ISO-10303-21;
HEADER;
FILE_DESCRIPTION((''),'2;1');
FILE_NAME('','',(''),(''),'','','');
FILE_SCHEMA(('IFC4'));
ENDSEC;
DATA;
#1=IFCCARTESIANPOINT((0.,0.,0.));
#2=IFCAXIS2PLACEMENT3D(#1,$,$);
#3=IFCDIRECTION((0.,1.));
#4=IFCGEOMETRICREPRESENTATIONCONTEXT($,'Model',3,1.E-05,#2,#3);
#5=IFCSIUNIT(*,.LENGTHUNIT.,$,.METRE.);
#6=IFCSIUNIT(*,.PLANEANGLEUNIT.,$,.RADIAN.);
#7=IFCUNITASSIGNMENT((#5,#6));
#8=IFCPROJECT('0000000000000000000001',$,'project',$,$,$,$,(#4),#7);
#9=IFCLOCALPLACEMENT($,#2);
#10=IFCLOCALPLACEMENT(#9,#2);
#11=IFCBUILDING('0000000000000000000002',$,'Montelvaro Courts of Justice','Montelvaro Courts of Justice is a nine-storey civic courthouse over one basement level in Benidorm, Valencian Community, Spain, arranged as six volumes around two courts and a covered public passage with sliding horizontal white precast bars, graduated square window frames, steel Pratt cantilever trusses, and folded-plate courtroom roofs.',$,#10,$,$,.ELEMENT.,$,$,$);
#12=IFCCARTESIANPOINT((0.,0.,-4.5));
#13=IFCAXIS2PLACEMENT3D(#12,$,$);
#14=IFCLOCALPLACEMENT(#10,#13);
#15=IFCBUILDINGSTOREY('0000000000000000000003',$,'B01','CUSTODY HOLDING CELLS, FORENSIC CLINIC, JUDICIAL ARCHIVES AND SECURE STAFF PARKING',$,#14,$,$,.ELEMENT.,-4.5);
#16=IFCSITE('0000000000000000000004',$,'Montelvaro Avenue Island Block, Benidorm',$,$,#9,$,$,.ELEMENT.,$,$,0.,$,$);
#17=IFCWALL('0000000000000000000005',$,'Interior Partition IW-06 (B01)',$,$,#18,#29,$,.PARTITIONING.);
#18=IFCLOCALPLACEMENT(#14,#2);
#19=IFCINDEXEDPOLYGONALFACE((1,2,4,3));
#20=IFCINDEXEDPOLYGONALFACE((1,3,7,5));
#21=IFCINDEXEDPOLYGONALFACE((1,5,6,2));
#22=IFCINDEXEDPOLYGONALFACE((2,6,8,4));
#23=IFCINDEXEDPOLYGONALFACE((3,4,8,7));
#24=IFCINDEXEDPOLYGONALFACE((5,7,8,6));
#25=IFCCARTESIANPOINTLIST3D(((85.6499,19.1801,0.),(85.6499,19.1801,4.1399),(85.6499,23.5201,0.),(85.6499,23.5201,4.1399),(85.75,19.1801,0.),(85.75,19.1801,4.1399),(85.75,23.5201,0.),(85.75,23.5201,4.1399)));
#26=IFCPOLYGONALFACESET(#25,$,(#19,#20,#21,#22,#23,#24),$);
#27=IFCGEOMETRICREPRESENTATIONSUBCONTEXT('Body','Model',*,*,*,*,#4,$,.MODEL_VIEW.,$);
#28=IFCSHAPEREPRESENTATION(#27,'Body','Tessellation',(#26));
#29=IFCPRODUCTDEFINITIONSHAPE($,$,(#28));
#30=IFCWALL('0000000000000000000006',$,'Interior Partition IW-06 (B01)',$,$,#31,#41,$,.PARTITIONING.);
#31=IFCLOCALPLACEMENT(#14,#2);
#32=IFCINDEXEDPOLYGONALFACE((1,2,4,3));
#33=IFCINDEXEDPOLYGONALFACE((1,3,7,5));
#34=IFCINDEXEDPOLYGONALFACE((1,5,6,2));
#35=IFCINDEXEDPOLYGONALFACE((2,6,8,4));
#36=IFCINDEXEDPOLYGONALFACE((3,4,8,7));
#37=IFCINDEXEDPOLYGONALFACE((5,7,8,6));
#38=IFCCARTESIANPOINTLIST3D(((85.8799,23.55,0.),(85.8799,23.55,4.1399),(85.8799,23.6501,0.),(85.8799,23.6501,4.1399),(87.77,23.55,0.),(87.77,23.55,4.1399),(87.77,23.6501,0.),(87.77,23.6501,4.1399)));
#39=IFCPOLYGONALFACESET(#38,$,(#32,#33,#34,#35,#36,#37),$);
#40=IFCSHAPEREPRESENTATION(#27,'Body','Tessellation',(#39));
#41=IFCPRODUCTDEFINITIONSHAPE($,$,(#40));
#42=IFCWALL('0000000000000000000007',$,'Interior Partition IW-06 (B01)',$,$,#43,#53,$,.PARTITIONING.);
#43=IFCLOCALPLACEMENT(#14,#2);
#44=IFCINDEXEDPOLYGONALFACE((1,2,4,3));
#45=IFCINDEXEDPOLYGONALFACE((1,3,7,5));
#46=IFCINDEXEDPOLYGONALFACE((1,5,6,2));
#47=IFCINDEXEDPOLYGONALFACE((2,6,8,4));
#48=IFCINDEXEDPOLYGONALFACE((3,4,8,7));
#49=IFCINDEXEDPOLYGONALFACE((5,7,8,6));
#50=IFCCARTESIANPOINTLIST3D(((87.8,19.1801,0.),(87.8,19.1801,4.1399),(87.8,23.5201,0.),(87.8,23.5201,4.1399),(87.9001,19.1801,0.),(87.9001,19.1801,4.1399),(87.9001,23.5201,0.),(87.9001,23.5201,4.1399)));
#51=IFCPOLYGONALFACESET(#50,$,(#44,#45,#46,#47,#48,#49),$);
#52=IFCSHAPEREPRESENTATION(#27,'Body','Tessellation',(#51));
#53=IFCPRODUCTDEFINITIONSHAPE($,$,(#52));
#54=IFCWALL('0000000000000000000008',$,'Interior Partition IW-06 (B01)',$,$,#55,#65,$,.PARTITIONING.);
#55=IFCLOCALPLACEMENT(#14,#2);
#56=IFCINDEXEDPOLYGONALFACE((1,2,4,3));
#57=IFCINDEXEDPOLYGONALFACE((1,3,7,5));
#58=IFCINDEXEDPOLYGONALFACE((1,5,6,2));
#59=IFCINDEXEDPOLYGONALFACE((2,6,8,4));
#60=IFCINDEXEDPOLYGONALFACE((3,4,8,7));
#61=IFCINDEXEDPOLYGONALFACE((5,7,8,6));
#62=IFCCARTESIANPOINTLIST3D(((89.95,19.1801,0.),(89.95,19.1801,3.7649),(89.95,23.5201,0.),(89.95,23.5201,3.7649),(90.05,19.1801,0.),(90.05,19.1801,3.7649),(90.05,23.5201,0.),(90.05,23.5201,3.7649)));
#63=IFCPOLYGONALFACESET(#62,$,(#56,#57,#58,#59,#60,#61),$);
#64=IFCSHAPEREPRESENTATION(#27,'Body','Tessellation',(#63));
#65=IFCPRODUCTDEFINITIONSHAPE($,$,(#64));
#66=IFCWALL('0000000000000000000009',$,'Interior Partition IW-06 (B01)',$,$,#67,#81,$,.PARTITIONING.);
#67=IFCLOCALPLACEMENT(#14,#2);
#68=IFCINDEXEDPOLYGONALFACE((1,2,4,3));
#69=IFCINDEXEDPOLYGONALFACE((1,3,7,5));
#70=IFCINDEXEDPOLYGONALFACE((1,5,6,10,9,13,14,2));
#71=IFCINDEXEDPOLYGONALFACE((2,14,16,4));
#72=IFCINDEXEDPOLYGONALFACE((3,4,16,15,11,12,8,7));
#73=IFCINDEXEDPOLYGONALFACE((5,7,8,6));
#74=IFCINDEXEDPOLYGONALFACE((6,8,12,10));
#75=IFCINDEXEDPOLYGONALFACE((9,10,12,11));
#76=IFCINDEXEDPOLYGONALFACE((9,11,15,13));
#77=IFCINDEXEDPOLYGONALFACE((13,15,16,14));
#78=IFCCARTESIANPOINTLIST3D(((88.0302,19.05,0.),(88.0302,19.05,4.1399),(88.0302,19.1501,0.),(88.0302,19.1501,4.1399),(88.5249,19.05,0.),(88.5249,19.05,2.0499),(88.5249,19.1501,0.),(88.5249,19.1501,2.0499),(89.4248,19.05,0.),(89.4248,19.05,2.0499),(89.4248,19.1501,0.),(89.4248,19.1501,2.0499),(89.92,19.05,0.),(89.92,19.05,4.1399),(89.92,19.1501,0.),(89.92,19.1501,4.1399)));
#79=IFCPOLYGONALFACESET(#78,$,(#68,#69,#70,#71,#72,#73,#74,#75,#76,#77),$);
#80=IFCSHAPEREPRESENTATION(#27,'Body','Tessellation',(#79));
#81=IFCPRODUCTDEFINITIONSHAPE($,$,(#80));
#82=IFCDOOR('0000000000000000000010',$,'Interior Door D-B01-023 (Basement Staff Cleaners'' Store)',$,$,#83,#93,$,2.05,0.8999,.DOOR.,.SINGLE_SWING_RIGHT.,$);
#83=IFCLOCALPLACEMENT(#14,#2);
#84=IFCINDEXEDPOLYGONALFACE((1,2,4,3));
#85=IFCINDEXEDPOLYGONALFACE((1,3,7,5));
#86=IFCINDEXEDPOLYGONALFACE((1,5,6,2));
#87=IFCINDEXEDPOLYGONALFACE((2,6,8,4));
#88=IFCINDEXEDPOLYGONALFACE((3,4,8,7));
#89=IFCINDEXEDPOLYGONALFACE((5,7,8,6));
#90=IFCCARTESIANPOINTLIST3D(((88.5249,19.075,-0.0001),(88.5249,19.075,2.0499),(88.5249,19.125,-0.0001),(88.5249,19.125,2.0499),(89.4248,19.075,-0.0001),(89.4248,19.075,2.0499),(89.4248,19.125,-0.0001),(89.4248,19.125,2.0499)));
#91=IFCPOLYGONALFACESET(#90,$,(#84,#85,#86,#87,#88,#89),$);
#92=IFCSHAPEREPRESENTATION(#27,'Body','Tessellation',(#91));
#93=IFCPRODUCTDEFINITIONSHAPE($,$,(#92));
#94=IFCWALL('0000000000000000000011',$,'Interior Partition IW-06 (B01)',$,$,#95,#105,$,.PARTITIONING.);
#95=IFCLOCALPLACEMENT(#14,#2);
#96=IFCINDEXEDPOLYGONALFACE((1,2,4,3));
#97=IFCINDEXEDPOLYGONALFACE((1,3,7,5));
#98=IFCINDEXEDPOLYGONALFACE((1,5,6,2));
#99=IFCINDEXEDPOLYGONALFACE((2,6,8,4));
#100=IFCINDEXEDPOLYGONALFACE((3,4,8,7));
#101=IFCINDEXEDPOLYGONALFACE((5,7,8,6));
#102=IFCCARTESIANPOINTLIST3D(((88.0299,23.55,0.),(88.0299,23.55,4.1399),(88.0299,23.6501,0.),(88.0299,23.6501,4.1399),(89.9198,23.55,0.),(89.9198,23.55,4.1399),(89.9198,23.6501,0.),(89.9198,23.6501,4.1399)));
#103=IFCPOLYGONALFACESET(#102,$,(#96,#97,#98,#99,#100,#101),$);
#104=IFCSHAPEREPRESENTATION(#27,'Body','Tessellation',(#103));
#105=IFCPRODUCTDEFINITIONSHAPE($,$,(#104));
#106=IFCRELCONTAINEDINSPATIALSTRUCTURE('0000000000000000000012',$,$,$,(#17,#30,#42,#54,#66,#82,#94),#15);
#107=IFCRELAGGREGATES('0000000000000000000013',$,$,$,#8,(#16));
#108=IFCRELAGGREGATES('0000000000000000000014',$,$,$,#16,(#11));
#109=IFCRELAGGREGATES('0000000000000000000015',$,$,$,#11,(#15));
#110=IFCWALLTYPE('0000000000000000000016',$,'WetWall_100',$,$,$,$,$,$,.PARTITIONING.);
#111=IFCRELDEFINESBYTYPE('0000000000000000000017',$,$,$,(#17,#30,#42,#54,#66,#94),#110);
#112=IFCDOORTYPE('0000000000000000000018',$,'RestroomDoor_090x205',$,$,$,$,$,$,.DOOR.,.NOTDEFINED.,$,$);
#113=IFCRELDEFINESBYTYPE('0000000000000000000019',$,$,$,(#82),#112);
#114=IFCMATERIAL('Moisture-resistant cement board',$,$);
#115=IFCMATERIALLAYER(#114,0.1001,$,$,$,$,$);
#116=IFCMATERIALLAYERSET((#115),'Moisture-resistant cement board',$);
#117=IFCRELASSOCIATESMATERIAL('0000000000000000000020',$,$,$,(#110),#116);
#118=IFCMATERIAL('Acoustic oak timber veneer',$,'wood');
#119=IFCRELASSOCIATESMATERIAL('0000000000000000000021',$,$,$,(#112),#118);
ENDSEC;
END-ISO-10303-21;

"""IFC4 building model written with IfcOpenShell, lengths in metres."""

from ifc_helpers import new_model, si_unit, direction, frame, frame_2d, origin, place, context, subcontext, project, spatial, rectangle, extrude, material, layer, layer_set, type_object, element, fill, save


model = new_model("IFC4")

# Units and contexts
model_context = context("Model", 3, precision=1e-05, world=origin(), true_north=direction((0.0, 1.0)))
body_context = subcontext(model_context, "Body", "Model", "MODEL_VIEW")
ifc_project = project(units=[si_unit("LENGTHUNIT", "METRE"), si_unit("PLANEANGLEUNIT", "RADIAN")], contexts=[model_context])

# Site, building, storey
site_placement = place(None, origin())
site = spatial("IfcSite", under=ifc_project, at=site_placement, Name="Montelvaro Avenue Island Block, Benidorm", CompositionType="ELEMENT", RefElevation=0.0)
building_placement = place(site_placement, origin())
building = spatial("IfcBuilding", under=site, at=building_placement, Name="Montelvaro Courts of Justice", Description="Montelvaro Courts of Justice is a nine-storey civic courthouse over one basement level in Benidorm, Valencian Community, Spain, arranged as six volumes around two courts and a covered public passage with sliding horizontal white precast bars, graduated square window frames, steel Pratt cantilever trusses, and folded-plate courtroom roofs.", CompositionType="ELEMENT")
storey_placement = place(building_placement, frame((0.0, 0.0, -4.5)))
storey = spatial("IfcBuildingStorey", under=building, at=storey_placement, Name="B01", Description="CUSTODY HOLDING CELLS, FORENSIC CLINIC, JUDICIAL ARCHIVES AND SECURE STAFF PARKING", CompositionType="ELEMENT", Elevation=-4.5)

# Walls
ifc_material_1 = material(Name="Moisture-resistant cement board")
ifc_layer_1 = layer(ifc_material_1, 0.1001)
ifc_layer_set_1 = layer_set([ifc_layer_1], Name="Moisture-resistant cement board")
wall_type_1 = type_object("IfcWallType", Name="WetWall_100", PredefinedType="PARTITIONING", material=ifc_layer_set_1)
wall_1_placement = place(storey_placement, frame((85.7, 23.52, 0.0), z_axis=(0.0, 0.0, 1.0), x_axis=(0.0, -1.0, 0.0)))
element("IfcWall", 1, at=wall_1_placement, inside=storey, type_object=wall_type_1, Name="Interior Partition IW-06 (B01)", PredefinedType="PARTITIONING", context=body_context, shape_type="SweptSolid", body=[
    extrude(rectangle(XDim=4.3401, YDim=0.1001, at=frame_2d((2.1699, 0.0))), origin(), (0.0, 0.0, 1.0), 4.1399),
])
wall_2_placement = place(storey_placement, frame((85.8799, 23.6001, 0.0), z_axis=(0.0, 0.0, 1.0), x_axis=(1.0, 0.0, 0.0)))
element("IfcWall", 2, at=wall_2_placement, inside=storey, type_object=wall_type_1, Name="Interior Partition IW-06 (B01)", PredefinedType="PARTITIONING", context=body_context, shape_type="SweptSolid", body=[
    extrude(rectangle(XDim=1.8901, YDim=0.1001, at=frame_2d((0.9451, 0.0))), origin(), (0.0, 0.0, 1.0), 4.1399),
])
wall_3_placement = place(storey_placement, frame((87.8501, 23.52, 0.0), z_axis=(0.0, 0.0, 1.0), x_axis=(0.0, -1.0, 0.0)))
element("IfcWall", 3, at=wall_3_placement, inside=storey, type_object=wall_type_1, Name="Interior Partition IW-06 (B01)", PredefinedType="PARTITIONING", context=body_context, shape_type="SweptSolid", body=[
    extrude(rectangle(XDim=4.3401, YDim=0.1001, at=frame_2d((2.1699, 0.0))), origin(), (0.0, 0.0, 1.0), 4.1399),
])
wall_4_placement = place(storey_placement, frame((90.0, 23.52, 0.0), z_axis=(0.0, 0.0, 1.0), x_axis=(0.0, -1.0, 0.0)))
element("IfcWall", 4, at=wall_4_placement, inside=storey, type_object=wall_type_1, Name="Interior Partition IW-06 (B01)", PredefinedType="PARTITIONING", context=body_context, shape_type="SweptSolid", body=[
    extrude(rectangle(XDim=4.3401, YDim=0.1001, at=frame_2d((2.1699, 0.0))), origin(), (0.0, 0.0, 1.0), 3.7649),
])

# Wall, opening, door
wall_5_placement = place(storey_placement, frame((89.9199, 19.1001, 0.0), z_axis=(0.0, 0.0, 1.0), x_axis=(-1.0, 0.0, 0.0)))
wall_5 = element("IfcWall", 5, at=wall_5_placement, inside=storey, type_object=wall_type_1, Name="Interior Partition IW-06 (B01)", PredefinedType="PARTITIONING", context=body_context, shape_type="SweptSolid", body=[
    extrude(rectangle(XDim=1.8899, YDim=0.1001, at=frame_2d((0.9448, 0.0))), origin(), (0.0, 0.0, 1.0), 4.1399),
])
opening_placement = place(wall_5_placement, frame((0.4951, 0.0, 0.0)))
opening = element("IfcOpeningElement", 6, at=opening_placement, cuts=wall_5, PredefinedType="OPENING", context=body_context, shape_type="SweptSolid", body=[
    extrude(rectangle(XDim=0.8999, YDim=2.05, at=frame_2d((0.45, 1.0249))), frame((0.0, 0.0649, 0.0), z_axis=(0.0, -1.0, 0.0), x_axis=(1.0, 0.0, 0.0)), (0.0, 0.0, 1.0), 0.1299),
])
ifc_material_2 = material(Name="Acoustic oak timber veneer", Category="wood")
door_type = type_object("IfcDoorType", Name="RestroomDoor_090x205", OperationType="NOTDEFINED", PredefinedType="DOOR", material=ifc_material_2)
door_placement = place(opening_placement, frame((0.8999, 0.0, 0.0), z_axis=(0.0, 0.0, 1.0), x_axis=(-1.0, 0.0, 0.0)))
door = element("IfcDoor", 7, at=door_placement, inside=storey, type_object=door_type, Name="Interior Door D-B01-023 (Basement Staff Cleaners' Store)", OperationType="SINGLE_SWING_RIGHT", OverallHeight=2.05, OverallWidth=0.8999, PredefinedType="DOOR", context=body_context, shape_type="SweptSolid", body=[
    extrude(rectangle(XDim=0.8999, YDim=2.05, at=frame_2d((0.45, 1.0249))), frame((0.0, 0.0249, 0.0), z_axis=(0.0, -1.0, 0.0), x_axis=(1.0, 0.0, 0.0)), (0.0, 0.0, 1.0), 0.05),
])
fill(opening, door)

# Wall
wall_6_placement = place(storey_placement, frame((88.03, 23.6001, 0.0), z_axis=(0.0, 0.0, 1.0), x_axis=(1.0, 0.0, 0.0)))
element("IfcWall", 8, at=wall_6_placement, inside=storey, type_object=wall_type_1, Name="Interior Partition IW-06 (B01)", PredefinedType="PARTITIONING", context=body_context, shape_type="SweptSolid", body=[
    extrude(rectangle(XDim=1.8899, YDim=0.1001, at=frame_2d((0.9448, 0.0))), origin(), (0.0, 0.0, 1.0), 4.1399),
])

save(model, "model.ifc")
